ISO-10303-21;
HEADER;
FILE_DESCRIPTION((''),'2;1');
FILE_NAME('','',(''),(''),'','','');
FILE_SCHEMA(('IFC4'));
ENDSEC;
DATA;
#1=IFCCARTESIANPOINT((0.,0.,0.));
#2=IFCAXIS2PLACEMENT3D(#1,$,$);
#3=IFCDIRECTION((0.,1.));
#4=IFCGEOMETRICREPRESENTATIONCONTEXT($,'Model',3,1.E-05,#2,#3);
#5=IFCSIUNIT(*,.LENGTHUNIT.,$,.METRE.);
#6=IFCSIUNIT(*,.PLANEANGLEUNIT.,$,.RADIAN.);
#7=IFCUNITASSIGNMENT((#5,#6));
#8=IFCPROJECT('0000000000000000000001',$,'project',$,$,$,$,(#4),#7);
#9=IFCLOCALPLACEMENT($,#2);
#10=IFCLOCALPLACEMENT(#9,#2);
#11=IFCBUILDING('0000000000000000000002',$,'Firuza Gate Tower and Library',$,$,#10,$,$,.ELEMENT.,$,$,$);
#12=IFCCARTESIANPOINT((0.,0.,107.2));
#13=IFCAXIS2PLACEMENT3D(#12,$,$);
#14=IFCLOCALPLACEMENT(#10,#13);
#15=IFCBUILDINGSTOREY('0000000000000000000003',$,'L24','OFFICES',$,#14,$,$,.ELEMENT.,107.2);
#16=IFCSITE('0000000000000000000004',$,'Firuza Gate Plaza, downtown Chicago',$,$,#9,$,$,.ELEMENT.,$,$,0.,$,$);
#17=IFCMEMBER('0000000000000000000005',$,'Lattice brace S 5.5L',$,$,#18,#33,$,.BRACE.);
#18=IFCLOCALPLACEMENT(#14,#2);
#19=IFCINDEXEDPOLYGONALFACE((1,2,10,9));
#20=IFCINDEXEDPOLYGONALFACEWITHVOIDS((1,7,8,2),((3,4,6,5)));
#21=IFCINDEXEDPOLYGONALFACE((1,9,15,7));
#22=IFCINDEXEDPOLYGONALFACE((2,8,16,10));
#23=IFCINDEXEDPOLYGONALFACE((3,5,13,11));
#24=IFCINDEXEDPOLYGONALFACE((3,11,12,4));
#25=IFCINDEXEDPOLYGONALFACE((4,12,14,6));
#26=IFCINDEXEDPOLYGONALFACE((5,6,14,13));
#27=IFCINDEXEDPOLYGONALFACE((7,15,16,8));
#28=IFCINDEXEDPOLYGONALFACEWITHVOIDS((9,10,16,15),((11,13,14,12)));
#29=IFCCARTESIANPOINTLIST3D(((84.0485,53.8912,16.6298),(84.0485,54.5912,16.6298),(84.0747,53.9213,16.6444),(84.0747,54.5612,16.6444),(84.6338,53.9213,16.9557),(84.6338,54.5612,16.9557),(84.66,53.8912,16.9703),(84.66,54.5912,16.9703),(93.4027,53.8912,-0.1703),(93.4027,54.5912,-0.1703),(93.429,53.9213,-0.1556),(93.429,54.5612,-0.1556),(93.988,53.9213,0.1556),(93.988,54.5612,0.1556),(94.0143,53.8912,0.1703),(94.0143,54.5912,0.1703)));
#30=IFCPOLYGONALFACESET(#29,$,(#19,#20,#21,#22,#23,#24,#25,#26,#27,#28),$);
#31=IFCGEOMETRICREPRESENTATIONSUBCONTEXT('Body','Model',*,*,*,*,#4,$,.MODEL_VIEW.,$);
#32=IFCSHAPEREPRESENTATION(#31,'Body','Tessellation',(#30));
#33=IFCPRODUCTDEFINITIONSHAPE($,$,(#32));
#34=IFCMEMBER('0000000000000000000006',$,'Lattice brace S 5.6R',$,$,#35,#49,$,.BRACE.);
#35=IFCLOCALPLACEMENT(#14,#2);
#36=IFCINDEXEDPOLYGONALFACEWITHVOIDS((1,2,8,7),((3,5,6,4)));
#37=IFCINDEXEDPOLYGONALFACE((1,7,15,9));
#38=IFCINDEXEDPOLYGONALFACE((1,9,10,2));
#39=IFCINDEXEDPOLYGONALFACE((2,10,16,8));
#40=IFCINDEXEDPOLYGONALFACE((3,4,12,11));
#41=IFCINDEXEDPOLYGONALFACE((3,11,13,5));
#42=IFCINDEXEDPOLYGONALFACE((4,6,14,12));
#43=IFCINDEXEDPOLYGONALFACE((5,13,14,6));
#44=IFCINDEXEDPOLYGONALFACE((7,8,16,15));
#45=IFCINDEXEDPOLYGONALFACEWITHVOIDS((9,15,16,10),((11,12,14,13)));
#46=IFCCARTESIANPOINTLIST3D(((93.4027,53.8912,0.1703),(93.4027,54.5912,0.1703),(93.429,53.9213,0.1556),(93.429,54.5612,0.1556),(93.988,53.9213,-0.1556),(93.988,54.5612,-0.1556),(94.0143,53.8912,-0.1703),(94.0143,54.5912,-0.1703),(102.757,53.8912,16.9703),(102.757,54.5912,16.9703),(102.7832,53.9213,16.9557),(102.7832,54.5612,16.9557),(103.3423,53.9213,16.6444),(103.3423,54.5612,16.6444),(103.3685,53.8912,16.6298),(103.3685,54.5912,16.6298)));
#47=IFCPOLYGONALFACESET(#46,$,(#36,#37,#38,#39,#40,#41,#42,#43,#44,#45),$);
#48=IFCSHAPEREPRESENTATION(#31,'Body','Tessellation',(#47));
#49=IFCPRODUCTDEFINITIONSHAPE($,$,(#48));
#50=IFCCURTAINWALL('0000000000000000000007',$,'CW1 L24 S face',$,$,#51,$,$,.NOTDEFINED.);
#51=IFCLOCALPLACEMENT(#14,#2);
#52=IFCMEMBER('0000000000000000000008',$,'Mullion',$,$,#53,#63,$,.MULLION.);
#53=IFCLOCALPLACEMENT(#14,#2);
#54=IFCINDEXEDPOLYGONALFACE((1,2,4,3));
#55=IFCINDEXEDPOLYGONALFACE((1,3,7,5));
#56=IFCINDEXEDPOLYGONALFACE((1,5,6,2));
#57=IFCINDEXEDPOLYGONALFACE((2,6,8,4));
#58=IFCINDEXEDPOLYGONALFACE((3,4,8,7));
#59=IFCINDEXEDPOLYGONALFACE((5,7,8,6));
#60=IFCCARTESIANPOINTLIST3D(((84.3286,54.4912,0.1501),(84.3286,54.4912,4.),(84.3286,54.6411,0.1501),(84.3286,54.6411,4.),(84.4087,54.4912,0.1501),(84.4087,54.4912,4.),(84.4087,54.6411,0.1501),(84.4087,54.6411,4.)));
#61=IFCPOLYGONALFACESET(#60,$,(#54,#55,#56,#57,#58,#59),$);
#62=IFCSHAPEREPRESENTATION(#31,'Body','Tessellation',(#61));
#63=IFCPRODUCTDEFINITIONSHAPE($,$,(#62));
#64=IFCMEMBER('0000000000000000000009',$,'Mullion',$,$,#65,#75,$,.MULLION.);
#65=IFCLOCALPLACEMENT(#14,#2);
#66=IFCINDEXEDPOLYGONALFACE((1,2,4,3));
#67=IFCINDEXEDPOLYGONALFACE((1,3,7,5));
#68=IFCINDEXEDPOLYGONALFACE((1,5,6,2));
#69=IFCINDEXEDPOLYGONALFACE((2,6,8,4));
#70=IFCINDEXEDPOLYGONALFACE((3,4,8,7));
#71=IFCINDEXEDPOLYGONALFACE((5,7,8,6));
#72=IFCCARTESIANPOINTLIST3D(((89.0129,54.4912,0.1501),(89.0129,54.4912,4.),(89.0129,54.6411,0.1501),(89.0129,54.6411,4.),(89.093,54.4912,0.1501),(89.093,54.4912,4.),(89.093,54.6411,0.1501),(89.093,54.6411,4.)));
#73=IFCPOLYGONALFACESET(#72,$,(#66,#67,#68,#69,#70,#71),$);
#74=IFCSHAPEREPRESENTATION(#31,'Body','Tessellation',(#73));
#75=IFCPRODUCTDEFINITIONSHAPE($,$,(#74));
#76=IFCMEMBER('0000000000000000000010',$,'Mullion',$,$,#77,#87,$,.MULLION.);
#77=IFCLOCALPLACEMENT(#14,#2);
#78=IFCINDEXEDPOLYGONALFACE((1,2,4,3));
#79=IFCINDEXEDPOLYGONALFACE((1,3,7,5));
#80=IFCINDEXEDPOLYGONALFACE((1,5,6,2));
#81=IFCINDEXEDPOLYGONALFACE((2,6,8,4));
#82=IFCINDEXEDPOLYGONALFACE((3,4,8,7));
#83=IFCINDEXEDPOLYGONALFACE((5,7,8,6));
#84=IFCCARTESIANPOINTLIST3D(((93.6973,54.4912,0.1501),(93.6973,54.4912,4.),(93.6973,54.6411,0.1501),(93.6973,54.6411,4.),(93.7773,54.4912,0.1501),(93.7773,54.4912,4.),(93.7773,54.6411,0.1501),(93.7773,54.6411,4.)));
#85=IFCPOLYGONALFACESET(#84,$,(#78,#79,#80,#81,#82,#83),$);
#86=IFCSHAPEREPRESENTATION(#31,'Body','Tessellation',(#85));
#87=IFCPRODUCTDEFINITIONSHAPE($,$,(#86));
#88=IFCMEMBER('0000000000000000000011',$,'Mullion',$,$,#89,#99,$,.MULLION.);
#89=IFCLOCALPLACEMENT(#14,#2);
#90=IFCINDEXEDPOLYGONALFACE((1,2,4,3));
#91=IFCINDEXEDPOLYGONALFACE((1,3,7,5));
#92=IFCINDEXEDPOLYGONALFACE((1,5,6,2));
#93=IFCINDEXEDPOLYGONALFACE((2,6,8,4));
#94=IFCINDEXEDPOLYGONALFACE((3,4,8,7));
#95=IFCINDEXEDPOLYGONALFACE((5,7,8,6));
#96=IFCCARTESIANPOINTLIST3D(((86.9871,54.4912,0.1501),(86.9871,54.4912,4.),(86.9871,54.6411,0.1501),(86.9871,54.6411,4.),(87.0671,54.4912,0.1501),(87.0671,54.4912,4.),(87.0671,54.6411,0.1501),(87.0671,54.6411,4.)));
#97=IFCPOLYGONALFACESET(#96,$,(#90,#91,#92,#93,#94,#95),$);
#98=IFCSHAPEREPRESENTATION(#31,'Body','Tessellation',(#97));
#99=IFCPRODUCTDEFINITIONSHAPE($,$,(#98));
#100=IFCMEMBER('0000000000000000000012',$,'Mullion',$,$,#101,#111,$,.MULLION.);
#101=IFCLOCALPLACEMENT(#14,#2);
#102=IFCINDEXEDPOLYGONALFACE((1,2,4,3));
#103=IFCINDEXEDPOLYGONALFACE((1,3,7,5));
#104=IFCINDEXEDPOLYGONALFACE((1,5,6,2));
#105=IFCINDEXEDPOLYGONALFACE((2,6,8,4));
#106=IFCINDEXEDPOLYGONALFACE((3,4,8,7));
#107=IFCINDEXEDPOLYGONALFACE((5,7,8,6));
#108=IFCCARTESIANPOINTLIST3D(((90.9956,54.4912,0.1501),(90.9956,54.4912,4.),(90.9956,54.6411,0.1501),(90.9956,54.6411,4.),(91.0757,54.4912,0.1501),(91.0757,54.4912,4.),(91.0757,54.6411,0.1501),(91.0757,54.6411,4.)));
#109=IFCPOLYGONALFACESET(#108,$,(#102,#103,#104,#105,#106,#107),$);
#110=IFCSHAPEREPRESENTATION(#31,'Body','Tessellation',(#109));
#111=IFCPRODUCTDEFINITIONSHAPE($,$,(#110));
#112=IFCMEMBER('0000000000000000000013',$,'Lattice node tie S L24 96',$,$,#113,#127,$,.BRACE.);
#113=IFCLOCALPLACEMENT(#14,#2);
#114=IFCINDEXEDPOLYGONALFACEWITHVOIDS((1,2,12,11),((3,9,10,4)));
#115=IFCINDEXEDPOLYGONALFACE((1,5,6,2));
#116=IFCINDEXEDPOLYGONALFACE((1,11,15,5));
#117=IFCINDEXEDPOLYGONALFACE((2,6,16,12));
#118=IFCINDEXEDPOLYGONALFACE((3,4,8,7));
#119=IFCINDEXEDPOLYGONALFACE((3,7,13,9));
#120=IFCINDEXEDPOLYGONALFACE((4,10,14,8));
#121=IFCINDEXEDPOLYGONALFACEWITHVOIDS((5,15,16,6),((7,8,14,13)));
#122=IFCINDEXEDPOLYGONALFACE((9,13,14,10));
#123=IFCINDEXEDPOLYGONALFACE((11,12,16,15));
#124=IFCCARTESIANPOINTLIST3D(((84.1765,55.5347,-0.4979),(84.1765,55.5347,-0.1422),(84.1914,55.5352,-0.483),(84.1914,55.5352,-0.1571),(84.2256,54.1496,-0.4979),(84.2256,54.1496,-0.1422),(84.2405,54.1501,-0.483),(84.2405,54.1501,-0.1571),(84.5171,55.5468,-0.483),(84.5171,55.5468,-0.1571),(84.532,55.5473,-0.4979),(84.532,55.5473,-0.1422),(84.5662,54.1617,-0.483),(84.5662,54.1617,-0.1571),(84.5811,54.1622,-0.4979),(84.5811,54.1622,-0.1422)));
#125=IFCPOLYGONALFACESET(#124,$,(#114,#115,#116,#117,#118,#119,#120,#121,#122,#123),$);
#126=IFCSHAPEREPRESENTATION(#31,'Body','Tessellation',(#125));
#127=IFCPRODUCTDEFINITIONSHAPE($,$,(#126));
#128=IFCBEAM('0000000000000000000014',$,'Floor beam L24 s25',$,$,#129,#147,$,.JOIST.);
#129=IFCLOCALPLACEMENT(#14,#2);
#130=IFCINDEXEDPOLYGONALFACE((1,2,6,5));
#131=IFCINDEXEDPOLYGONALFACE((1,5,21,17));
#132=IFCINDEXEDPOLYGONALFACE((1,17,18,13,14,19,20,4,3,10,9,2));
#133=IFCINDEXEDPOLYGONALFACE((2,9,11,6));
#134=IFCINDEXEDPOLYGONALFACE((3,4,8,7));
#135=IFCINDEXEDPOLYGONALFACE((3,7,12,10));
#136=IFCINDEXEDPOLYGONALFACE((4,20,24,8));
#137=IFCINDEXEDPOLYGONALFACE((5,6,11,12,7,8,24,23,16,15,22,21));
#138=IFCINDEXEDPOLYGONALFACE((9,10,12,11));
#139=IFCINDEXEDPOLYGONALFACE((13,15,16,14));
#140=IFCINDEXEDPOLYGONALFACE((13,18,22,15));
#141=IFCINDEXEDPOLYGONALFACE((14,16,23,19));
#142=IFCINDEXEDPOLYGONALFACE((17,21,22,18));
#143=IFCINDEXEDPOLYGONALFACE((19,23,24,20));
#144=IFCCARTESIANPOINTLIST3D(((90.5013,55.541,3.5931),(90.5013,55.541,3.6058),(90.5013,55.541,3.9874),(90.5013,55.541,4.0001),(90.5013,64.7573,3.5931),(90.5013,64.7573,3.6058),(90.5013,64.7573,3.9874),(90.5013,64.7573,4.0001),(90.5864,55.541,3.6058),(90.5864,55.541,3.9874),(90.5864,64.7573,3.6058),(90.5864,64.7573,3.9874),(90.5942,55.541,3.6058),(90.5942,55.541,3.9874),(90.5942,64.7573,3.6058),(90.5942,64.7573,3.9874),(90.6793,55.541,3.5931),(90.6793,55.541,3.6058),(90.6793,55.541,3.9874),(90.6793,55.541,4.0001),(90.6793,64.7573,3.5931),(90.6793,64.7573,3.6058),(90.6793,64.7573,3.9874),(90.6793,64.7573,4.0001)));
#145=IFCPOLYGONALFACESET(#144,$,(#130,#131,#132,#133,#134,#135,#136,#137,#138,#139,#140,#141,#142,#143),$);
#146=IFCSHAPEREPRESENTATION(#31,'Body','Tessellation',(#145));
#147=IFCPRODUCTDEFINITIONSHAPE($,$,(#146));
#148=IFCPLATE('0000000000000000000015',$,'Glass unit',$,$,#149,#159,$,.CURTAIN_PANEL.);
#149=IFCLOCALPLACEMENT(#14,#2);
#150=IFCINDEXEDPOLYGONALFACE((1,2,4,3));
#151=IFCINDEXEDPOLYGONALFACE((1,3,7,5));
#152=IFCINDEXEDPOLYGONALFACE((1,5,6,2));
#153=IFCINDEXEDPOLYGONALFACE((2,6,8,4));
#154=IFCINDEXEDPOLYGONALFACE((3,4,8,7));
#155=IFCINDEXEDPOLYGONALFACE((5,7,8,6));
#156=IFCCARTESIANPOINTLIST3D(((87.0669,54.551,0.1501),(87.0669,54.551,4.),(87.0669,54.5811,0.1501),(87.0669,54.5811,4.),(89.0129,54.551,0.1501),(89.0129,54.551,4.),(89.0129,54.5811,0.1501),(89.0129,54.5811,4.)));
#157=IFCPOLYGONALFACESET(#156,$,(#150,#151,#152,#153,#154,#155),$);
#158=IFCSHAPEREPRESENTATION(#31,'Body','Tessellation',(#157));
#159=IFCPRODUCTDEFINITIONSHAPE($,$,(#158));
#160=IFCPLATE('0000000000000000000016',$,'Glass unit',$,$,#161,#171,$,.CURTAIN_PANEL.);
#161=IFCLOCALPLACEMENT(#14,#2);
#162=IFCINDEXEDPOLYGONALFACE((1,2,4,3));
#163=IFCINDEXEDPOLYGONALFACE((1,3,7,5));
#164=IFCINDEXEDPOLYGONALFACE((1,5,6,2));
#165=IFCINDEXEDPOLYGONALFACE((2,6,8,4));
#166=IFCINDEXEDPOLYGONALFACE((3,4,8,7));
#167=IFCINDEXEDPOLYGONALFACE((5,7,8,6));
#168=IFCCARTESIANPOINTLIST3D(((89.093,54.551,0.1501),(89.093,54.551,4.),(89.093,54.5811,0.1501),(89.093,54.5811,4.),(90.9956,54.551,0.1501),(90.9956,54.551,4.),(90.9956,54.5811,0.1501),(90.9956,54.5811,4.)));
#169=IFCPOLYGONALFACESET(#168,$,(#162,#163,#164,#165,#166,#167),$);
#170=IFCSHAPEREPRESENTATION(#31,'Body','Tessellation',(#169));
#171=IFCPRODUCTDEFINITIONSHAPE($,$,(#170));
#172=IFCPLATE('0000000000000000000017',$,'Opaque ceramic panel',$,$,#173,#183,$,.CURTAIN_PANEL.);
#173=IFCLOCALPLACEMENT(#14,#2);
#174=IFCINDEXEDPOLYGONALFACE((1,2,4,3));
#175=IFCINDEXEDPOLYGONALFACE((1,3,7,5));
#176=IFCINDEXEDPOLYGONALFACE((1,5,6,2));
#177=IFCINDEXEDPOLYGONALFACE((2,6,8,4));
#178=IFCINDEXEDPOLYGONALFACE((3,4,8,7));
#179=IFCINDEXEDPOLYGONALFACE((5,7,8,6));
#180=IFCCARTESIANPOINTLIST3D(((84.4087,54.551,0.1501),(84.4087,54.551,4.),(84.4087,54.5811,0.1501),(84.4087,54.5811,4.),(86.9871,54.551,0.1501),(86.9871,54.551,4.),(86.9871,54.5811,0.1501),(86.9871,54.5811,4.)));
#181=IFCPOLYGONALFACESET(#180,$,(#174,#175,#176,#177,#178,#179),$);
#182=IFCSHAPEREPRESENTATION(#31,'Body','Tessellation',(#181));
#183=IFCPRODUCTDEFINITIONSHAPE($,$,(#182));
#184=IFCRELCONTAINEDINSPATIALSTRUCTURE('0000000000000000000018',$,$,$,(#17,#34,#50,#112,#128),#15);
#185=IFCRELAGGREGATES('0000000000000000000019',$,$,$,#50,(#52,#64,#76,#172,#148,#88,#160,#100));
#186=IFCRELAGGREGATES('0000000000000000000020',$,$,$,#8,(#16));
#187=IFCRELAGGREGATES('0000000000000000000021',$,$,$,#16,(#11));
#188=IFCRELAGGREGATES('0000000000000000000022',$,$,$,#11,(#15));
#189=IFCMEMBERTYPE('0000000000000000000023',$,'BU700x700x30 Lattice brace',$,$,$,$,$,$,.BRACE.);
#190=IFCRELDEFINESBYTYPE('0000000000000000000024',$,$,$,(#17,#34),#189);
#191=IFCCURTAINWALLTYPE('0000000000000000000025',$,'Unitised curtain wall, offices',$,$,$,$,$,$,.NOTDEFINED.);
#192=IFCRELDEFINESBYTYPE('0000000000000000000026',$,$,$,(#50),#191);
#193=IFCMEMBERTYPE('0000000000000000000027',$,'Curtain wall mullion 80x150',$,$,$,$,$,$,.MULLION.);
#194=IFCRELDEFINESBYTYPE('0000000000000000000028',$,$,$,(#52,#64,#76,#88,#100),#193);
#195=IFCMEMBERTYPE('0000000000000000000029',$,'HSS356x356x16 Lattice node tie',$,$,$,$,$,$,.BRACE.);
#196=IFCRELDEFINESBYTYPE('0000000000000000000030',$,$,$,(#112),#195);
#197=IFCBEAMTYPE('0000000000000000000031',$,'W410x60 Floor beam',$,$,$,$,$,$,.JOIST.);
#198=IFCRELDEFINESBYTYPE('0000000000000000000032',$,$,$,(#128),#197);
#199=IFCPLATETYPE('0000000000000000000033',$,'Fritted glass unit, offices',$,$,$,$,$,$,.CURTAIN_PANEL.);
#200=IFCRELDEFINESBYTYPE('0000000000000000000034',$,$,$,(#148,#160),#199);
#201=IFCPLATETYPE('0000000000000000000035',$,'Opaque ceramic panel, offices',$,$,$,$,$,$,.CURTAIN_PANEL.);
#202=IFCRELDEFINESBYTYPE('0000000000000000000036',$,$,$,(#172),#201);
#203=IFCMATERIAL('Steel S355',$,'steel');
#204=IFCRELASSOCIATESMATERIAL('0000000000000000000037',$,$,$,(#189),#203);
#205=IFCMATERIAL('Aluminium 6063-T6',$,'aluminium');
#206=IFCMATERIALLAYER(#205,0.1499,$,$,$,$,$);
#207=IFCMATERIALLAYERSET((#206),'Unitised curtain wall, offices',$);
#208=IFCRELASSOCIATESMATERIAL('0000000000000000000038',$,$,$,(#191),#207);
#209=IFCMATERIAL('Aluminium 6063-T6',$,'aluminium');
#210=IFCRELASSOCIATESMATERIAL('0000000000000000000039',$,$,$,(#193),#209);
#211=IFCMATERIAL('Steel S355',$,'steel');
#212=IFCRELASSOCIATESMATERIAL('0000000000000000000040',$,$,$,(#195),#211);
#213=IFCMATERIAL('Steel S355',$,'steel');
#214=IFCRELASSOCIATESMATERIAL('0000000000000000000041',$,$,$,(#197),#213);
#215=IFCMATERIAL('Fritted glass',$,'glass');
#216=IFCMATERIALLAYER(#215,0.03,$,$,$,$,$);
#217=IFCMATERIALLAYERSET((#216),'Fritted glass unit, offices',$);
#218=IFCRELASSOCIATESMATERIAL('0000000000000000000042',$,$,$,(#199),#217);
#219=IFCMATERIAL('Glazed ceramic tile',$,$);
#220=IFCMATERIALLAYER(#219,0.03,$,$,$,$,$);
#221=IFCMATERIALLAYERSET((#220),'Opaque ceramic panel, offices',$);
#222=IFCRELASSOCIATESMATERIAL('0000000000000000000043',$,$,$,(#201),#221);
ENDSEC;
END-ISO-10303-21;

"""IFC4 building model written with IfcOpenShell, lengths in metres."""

from ifc_helpers import new_model, si_unit, direction, frame, origin, origin_2d, place, context, subcontext, project, spatial, polyline, rectangle, hollow_rectangle, i_section, outline, extrude, material, layer, layer_set, material_profile, profile_set, type_object, element, aggregate, save


model = new_model("IFC4")

# Units and contexts
model_context = context("Model", 3, precision=1e-05, world=origin(), true_north=direction((0.0, 1.0)))
body_context = subcontext(model_context, "Body", "Model", "MODEL_VIEW")
ifc_project = project(units=[si_unit("LENGTHUNIT", "METRE"), si_unit("PLANEANGLEUNIT", "RADIAN")], contexts=[model_context])

# Site, building, storey
site_placement = place(None, origin())
site = spatial("IfcSite", under=ifc_project, at=site_placement, Name="Firuza Gate Plaza, downtown Chicago", CompositionType="ELEMENT", RefElevation=0.0)
building_placement = place(site_placement, origin())
building = spatial("IfcBuilding", under=site, at=building_placement, Name="Firuza Gate Tower and Library", CompositionType="ELEMENT")
storey_placement = place(building_placement, frame((0.0, 0.0, 107.2)))
storey = spatial("IfcBuildingStorey", under=building, at=storey_placement, Name="L24", Description="OFFICES", CompositionType="ELEMENT", Elevation=107.2)

# Members
ifc_material_1 = material(Name="Steel S355", Category="steel")
ifc_material_profile_1 = material_profile(ifc_material_1, hollow_rectangle(XDim=0.7, YDim=0.7, WallThickness=0.03, at=origin_2d()))
ifc_profile_set_1 = profile_set([ifc_material_profile_1], Name="Steel S355")
member_type_1 = type_object("IfcMemberType", Name="BU700x700x30 Lattice brace", PredefinedType="BRACE", material=ifc_profile_set_1)
for number, where, z_axis, x_axis, name in (
    (1, (93.7085, 54.2412, 0.0), (-0.486473, 0.0, 0.873696), (0.0, -1.0, 0.0), "Lattice brace S 5.5L"),
    (2, (93.7085, 54.2412, 0.0), (0.486473, 0.0, 0.873696), (0.0, 1.0, 0.0), "Lattice brace S 5.6R"),
):
    element("IfcMember", number, at=place(storey_placement, frame(where, z_axis=z_axis, x_axis=x_axis)), inside=storey, type_object=member_type_1, Name=name, PredefinedType="BRACE", context=body_context, shape_type="SweptSolid", body=[
        extrude(hollow_rectangle(XDim=0.7, YDim=0.7, WallThickness=0.03, at=origin_2d()), origin(), (0.0, 0.0, 1.0), 19.2288),
    ])

# Curtain wall, members
ifc_material_2 = material(Name="Aluminium 6063-T6", Category="aluminium")
ifc_layer_1 = layer(ifc_material_2, 0.1499)
ifc_layer_set_1 = layer_set([ifc_layer_1], Name="Unitised curtain wall, offices")
curtain_wall_type = type_object("IfcCurtainWallType", Name="Unitised curtain wall, offices", PredefinedType="NOTDEFINED", material=ifc_layer_set_1)
curtain_wall_placement = place(storey_placement, origin())
curtain_wall = element("IfcCurtainWall", 3, at=curtain_wall_placement, inside=storey, type_object=curtain_wall_type, Name="CW1 L24 S face", PredefinedType="NOTDEFINED")
ifc_material_3 = material(Name="Aluminium 6063-T6", Category="aluminium")
ifc_material_profile_2 = material_profile(ifc_material_3, rectangle(XDim=0.1499, YDim=0.0801, at=origin_2d()))
ifc_profile_set_2 = profile_set([ifc_material_profile_2], Name="Aluminium 6063-T6")
member_type_2 = type_object("IfcMemberType", Name="Curtain wall mullion 80x150", PredefinedType="MULLION", material=ifc_profile_set_2)
member_1_placement = place(storey_placement, frame((84.3687, 54.5662, 0.1501), z_axis=(0.0, 0.0, 1.0), x_axis=(0.0, 1.0, 0.0)))
member_1 = element("IfcMember", 4, at=member_1_placement, type_object=member_type_2, Name="Mullion", PredefinedType="MULLION", context=body_context, shape_type="SweptSolid", body=[
    extrude(rectangle(XDim=0.1499, YDim=0.0801, at=origin_2d()), origin(), (0.0, 0.0, 1.0), 3.8499),
])
member_2_placement = place(storey_placement, frame((89.053, 54.5662, 0.1501), z_axis=(0.0, 0.0, 1.0), x_axis=(0.0, 1.0, 0.0)))
member_2 = element("IfcMember", 5, at=member_2_placement, type_object=member_type_2, Name="Mullion", PredefinedType="MULLION", context=body_context, shape_type="SweptSolid", body=[
    extrude(rectangle(XDim=0.1499, YDim=0.0801, at=origin_2d()), origin(), (0.0, 0.0, 1.0), 3.8499),
])
member_3_placement = place(storey_placement, frame((93.7373, 54.5662, 0.1501), z_axis=(0.0, 0.0, 1.0), x_axis=(0.0, 1.0, 0.0)))
member_3 = element("IfcMember", 6, at=member_3_placement, type_object=member_type_2, Name="Mullion", PredefinedType="MULLION", context=body_context, shape_type="SweptSolid", body=[
    extrude(rectangle(XDim=0.1499, YDim=0.0801, at=origin_2d()), origin(), (0.0, 0.0, 1.0), 3.8499),
])
member_4_placement = place(storey_placement, frame((87.0271, 54.5662, 0.1501), z_axis=(0.0, 0.0, 1.0), x_axis=(0.0, 1.0, 0.0)))
member_4 = element("IfcMember", 7, at=member_4_placement, type_object=member_type_2, Name="Mullion", PredefinedType="MULLION", context=body_context, shape_type="SweptSolid", body=[
    extrude(rectangle(XDim=0.1499, YDim=0.0801, at=origin_2d()), origin(), (0.0, 0.0, 1.0), 3.8499),
])
member_5_placement = place(storey_placement, frame((91.0356, 54.5662, 0.1501), z_axis=(0.0, 0.0, 1.0), x_axis=(0.0, 1.0, 0.0)))
member_5 = element("IfcMember", 8, at=member_5_placement, type_object=member_type_2, Name="Mullion", PredefinedType="MULLION", context=body_context, shape_type="SweptSolid", body=[
    extrude(rectangle(XDim=0.1499, YDim=0.0801, at=origin_2d()), origin(), (0.0, 0.0, 1.0), 3.8499),
])

# Member
ifc_material_4 = material(Name="Steel S355", Category="steel")
ifc_material_profile_3 = material_profile(ifc_material_4, hollow_rectangle(XDim=0.3557, YDim=0.3557, WallThickness=0.0149, at=origin_2d()))
ifc_profile_set_3 = profile_set([ifc_material_profile_3], Name="Steel S355")
member_type_3 = type_object("IfcMemberType", Name="HSS356x356x16 Lattice node tie", PredefinedType="BRACE", material=ifc_profile_set_3)
member_6_placement = place(storey_placement, frame((84.3542, 55.541, -0.3201), z_axis=(0.035409, -0.999373, 0.0), x_axis=(0.999373, 0.035409, 0.0)))
element("IfcMember", 9, at=member_6_placement, inside=storey, type_object=member_type_3, Name="Lattice node tie S L24 96", PredefinedType="BRACE", context=body_context, shape_type="SweptSolid", body=[
    extrude(hollow_rectangle(XDim=0.3557, YDim=0.3557, WallThickness=0.0149, at=origin_2d()), origin(), (0.0, 0.0, 1.0), 1.386),
])

# Beam
ifc_material_5 = material(Name="Steel S355", Category="steel")
ifc_material_profile_4 = material_profile(ifc_material_5, i_section(OverallWidth=0.178, OverallDepth=0.407, WebThickness=0.0078, FlangeThickness=0.0127, at=origin_2d()))
ifc_profile_set_4 = profile_set([ifc_material_profile_4], Name="Steel S355")
beam_type = type_object("IfcBeamType", Name="W410x60 Floor beam", PredefinedType="JOIST", material=ifc_profile_set_4)
beam_placement = place(storey_placement, frame((90.5903, 55.541, 3.7966), z_axis=(0.0, 1.0, 0.0), x_axis=(-1.0, 0.0, 0.0)))
element("IfcBeam", 10, at=beam_placement, inside=storey, type_object=beam_type, Name="Floor beam L24 s25", PredefinedType="JOIST", context=body_context, shape_type="SweptSolid", body=[
    extrude(i_section(OverallWidth=0.178, OverallDepth=0.407, WebThickness=0.0078, FlangeThickness=0.0127, at=origin_2d()), origin(), (0.0, 0.0, 1.0), 9.2163),
])

# Plates
ifc_material_6 = material(Name="Fritted glass", Category="glass")
ifc_layer_2 = layer(ifc_material_6, 0.03)
ifc_layer_set_2 = layer_set([ifc_layer_2], Name="Fritted glass unit, offices")
plate_type_1 = type_object("IfcPlateType", Name="Fritted glass unit, offices", PredefinedType="CURTAIN_PANEL", material=ifc_layer_set_2)
plate_1_placement = place(storey_placement, frame((87.0669, 54.551, 0.1501), z_axis=(0.0, -1.0, 0.0), x_axis=(1.0, 0.0, 0.0)))
plate_1 = element("IfcPlate", 11, at=plate_1_placement, type_object=plate_type_1, Name="Glass unit", PredefinedType="CURTAIN_PANEL", context=body_context, shape_type="SweptSolid", body=[
    extrude(outline(polyline([(0.0, 0.0), (1.946, 0.0), (1.946, 3.8499), (0.0, 3.8499), (0.0, 0.0)])), origin(), (0.0, 0.0, -1.0), 0.03),
])
plate_2_placement = place(storey_placement, frame((89.093, 54.551, 0.1501), z_axis=(0.0, -1.0, 0.0), x_axis=(1.0, 0.0, 0.0)))
plate_2 = element("IfcPlate", 12, at=plate_2_placement, type_object=plate_type_1, Name="Glass unit", PredefinedType="CURTAIN_PANEL", context=body_context, shape_type="SweptSolid", body=[
    extrude(outline(polyline([(0.0, 0.0), (1.9026, 0.0), (1.9026, 3.8499), (0.0, 3.8499), (0.0, 0.0)])), origin(), (0.0, 0.0, -1.0), 0.03),
])
ifc_material_7 = material(Name="Glazed ceramic tile")
ifc_layer_3 = layer(ifc_material_7, 0.03)
ifc_layer_set_3 = layer_set([ifc_layer_3], Name="Opaque ceramic panel, offices")
plate_type_2 = type_object("IfcPlateType", Name="Opaque ceramic panel, offices", PredefinedType="CURTAIN_PANEL", material=ifc_layer_set_3)
plate_3_placement = place(storey_placement, frame((84.4087, 54.551, 0.1501), z_axis=(0.0, -1.0, 0.0), x_axis=(1.0, 0.0, 0.0)))
plate_3 = element("IfcPlate", 13, at=plate_3_placement, type_object=plate_type_2, Name="Opaque ceramic panel", PredefinedType="CURTAIN_PANEL", context=body_context, shape_type="SweptSolid", body=[
    extrude(outline(polyline([(0.0, 0.0), (2.5784, 0.0), (2.5784, 3.8499), (0.0, 3.8499), (0.0, 0.0)])), origin(), (0.0, 0.0, -1.0), 0.03),
])
aggregate(curtain_wall, [member_1, member_2, member_3, plate_3, plate_1, member_4, plate_2, member_5])

save(model, "model.ifc")
